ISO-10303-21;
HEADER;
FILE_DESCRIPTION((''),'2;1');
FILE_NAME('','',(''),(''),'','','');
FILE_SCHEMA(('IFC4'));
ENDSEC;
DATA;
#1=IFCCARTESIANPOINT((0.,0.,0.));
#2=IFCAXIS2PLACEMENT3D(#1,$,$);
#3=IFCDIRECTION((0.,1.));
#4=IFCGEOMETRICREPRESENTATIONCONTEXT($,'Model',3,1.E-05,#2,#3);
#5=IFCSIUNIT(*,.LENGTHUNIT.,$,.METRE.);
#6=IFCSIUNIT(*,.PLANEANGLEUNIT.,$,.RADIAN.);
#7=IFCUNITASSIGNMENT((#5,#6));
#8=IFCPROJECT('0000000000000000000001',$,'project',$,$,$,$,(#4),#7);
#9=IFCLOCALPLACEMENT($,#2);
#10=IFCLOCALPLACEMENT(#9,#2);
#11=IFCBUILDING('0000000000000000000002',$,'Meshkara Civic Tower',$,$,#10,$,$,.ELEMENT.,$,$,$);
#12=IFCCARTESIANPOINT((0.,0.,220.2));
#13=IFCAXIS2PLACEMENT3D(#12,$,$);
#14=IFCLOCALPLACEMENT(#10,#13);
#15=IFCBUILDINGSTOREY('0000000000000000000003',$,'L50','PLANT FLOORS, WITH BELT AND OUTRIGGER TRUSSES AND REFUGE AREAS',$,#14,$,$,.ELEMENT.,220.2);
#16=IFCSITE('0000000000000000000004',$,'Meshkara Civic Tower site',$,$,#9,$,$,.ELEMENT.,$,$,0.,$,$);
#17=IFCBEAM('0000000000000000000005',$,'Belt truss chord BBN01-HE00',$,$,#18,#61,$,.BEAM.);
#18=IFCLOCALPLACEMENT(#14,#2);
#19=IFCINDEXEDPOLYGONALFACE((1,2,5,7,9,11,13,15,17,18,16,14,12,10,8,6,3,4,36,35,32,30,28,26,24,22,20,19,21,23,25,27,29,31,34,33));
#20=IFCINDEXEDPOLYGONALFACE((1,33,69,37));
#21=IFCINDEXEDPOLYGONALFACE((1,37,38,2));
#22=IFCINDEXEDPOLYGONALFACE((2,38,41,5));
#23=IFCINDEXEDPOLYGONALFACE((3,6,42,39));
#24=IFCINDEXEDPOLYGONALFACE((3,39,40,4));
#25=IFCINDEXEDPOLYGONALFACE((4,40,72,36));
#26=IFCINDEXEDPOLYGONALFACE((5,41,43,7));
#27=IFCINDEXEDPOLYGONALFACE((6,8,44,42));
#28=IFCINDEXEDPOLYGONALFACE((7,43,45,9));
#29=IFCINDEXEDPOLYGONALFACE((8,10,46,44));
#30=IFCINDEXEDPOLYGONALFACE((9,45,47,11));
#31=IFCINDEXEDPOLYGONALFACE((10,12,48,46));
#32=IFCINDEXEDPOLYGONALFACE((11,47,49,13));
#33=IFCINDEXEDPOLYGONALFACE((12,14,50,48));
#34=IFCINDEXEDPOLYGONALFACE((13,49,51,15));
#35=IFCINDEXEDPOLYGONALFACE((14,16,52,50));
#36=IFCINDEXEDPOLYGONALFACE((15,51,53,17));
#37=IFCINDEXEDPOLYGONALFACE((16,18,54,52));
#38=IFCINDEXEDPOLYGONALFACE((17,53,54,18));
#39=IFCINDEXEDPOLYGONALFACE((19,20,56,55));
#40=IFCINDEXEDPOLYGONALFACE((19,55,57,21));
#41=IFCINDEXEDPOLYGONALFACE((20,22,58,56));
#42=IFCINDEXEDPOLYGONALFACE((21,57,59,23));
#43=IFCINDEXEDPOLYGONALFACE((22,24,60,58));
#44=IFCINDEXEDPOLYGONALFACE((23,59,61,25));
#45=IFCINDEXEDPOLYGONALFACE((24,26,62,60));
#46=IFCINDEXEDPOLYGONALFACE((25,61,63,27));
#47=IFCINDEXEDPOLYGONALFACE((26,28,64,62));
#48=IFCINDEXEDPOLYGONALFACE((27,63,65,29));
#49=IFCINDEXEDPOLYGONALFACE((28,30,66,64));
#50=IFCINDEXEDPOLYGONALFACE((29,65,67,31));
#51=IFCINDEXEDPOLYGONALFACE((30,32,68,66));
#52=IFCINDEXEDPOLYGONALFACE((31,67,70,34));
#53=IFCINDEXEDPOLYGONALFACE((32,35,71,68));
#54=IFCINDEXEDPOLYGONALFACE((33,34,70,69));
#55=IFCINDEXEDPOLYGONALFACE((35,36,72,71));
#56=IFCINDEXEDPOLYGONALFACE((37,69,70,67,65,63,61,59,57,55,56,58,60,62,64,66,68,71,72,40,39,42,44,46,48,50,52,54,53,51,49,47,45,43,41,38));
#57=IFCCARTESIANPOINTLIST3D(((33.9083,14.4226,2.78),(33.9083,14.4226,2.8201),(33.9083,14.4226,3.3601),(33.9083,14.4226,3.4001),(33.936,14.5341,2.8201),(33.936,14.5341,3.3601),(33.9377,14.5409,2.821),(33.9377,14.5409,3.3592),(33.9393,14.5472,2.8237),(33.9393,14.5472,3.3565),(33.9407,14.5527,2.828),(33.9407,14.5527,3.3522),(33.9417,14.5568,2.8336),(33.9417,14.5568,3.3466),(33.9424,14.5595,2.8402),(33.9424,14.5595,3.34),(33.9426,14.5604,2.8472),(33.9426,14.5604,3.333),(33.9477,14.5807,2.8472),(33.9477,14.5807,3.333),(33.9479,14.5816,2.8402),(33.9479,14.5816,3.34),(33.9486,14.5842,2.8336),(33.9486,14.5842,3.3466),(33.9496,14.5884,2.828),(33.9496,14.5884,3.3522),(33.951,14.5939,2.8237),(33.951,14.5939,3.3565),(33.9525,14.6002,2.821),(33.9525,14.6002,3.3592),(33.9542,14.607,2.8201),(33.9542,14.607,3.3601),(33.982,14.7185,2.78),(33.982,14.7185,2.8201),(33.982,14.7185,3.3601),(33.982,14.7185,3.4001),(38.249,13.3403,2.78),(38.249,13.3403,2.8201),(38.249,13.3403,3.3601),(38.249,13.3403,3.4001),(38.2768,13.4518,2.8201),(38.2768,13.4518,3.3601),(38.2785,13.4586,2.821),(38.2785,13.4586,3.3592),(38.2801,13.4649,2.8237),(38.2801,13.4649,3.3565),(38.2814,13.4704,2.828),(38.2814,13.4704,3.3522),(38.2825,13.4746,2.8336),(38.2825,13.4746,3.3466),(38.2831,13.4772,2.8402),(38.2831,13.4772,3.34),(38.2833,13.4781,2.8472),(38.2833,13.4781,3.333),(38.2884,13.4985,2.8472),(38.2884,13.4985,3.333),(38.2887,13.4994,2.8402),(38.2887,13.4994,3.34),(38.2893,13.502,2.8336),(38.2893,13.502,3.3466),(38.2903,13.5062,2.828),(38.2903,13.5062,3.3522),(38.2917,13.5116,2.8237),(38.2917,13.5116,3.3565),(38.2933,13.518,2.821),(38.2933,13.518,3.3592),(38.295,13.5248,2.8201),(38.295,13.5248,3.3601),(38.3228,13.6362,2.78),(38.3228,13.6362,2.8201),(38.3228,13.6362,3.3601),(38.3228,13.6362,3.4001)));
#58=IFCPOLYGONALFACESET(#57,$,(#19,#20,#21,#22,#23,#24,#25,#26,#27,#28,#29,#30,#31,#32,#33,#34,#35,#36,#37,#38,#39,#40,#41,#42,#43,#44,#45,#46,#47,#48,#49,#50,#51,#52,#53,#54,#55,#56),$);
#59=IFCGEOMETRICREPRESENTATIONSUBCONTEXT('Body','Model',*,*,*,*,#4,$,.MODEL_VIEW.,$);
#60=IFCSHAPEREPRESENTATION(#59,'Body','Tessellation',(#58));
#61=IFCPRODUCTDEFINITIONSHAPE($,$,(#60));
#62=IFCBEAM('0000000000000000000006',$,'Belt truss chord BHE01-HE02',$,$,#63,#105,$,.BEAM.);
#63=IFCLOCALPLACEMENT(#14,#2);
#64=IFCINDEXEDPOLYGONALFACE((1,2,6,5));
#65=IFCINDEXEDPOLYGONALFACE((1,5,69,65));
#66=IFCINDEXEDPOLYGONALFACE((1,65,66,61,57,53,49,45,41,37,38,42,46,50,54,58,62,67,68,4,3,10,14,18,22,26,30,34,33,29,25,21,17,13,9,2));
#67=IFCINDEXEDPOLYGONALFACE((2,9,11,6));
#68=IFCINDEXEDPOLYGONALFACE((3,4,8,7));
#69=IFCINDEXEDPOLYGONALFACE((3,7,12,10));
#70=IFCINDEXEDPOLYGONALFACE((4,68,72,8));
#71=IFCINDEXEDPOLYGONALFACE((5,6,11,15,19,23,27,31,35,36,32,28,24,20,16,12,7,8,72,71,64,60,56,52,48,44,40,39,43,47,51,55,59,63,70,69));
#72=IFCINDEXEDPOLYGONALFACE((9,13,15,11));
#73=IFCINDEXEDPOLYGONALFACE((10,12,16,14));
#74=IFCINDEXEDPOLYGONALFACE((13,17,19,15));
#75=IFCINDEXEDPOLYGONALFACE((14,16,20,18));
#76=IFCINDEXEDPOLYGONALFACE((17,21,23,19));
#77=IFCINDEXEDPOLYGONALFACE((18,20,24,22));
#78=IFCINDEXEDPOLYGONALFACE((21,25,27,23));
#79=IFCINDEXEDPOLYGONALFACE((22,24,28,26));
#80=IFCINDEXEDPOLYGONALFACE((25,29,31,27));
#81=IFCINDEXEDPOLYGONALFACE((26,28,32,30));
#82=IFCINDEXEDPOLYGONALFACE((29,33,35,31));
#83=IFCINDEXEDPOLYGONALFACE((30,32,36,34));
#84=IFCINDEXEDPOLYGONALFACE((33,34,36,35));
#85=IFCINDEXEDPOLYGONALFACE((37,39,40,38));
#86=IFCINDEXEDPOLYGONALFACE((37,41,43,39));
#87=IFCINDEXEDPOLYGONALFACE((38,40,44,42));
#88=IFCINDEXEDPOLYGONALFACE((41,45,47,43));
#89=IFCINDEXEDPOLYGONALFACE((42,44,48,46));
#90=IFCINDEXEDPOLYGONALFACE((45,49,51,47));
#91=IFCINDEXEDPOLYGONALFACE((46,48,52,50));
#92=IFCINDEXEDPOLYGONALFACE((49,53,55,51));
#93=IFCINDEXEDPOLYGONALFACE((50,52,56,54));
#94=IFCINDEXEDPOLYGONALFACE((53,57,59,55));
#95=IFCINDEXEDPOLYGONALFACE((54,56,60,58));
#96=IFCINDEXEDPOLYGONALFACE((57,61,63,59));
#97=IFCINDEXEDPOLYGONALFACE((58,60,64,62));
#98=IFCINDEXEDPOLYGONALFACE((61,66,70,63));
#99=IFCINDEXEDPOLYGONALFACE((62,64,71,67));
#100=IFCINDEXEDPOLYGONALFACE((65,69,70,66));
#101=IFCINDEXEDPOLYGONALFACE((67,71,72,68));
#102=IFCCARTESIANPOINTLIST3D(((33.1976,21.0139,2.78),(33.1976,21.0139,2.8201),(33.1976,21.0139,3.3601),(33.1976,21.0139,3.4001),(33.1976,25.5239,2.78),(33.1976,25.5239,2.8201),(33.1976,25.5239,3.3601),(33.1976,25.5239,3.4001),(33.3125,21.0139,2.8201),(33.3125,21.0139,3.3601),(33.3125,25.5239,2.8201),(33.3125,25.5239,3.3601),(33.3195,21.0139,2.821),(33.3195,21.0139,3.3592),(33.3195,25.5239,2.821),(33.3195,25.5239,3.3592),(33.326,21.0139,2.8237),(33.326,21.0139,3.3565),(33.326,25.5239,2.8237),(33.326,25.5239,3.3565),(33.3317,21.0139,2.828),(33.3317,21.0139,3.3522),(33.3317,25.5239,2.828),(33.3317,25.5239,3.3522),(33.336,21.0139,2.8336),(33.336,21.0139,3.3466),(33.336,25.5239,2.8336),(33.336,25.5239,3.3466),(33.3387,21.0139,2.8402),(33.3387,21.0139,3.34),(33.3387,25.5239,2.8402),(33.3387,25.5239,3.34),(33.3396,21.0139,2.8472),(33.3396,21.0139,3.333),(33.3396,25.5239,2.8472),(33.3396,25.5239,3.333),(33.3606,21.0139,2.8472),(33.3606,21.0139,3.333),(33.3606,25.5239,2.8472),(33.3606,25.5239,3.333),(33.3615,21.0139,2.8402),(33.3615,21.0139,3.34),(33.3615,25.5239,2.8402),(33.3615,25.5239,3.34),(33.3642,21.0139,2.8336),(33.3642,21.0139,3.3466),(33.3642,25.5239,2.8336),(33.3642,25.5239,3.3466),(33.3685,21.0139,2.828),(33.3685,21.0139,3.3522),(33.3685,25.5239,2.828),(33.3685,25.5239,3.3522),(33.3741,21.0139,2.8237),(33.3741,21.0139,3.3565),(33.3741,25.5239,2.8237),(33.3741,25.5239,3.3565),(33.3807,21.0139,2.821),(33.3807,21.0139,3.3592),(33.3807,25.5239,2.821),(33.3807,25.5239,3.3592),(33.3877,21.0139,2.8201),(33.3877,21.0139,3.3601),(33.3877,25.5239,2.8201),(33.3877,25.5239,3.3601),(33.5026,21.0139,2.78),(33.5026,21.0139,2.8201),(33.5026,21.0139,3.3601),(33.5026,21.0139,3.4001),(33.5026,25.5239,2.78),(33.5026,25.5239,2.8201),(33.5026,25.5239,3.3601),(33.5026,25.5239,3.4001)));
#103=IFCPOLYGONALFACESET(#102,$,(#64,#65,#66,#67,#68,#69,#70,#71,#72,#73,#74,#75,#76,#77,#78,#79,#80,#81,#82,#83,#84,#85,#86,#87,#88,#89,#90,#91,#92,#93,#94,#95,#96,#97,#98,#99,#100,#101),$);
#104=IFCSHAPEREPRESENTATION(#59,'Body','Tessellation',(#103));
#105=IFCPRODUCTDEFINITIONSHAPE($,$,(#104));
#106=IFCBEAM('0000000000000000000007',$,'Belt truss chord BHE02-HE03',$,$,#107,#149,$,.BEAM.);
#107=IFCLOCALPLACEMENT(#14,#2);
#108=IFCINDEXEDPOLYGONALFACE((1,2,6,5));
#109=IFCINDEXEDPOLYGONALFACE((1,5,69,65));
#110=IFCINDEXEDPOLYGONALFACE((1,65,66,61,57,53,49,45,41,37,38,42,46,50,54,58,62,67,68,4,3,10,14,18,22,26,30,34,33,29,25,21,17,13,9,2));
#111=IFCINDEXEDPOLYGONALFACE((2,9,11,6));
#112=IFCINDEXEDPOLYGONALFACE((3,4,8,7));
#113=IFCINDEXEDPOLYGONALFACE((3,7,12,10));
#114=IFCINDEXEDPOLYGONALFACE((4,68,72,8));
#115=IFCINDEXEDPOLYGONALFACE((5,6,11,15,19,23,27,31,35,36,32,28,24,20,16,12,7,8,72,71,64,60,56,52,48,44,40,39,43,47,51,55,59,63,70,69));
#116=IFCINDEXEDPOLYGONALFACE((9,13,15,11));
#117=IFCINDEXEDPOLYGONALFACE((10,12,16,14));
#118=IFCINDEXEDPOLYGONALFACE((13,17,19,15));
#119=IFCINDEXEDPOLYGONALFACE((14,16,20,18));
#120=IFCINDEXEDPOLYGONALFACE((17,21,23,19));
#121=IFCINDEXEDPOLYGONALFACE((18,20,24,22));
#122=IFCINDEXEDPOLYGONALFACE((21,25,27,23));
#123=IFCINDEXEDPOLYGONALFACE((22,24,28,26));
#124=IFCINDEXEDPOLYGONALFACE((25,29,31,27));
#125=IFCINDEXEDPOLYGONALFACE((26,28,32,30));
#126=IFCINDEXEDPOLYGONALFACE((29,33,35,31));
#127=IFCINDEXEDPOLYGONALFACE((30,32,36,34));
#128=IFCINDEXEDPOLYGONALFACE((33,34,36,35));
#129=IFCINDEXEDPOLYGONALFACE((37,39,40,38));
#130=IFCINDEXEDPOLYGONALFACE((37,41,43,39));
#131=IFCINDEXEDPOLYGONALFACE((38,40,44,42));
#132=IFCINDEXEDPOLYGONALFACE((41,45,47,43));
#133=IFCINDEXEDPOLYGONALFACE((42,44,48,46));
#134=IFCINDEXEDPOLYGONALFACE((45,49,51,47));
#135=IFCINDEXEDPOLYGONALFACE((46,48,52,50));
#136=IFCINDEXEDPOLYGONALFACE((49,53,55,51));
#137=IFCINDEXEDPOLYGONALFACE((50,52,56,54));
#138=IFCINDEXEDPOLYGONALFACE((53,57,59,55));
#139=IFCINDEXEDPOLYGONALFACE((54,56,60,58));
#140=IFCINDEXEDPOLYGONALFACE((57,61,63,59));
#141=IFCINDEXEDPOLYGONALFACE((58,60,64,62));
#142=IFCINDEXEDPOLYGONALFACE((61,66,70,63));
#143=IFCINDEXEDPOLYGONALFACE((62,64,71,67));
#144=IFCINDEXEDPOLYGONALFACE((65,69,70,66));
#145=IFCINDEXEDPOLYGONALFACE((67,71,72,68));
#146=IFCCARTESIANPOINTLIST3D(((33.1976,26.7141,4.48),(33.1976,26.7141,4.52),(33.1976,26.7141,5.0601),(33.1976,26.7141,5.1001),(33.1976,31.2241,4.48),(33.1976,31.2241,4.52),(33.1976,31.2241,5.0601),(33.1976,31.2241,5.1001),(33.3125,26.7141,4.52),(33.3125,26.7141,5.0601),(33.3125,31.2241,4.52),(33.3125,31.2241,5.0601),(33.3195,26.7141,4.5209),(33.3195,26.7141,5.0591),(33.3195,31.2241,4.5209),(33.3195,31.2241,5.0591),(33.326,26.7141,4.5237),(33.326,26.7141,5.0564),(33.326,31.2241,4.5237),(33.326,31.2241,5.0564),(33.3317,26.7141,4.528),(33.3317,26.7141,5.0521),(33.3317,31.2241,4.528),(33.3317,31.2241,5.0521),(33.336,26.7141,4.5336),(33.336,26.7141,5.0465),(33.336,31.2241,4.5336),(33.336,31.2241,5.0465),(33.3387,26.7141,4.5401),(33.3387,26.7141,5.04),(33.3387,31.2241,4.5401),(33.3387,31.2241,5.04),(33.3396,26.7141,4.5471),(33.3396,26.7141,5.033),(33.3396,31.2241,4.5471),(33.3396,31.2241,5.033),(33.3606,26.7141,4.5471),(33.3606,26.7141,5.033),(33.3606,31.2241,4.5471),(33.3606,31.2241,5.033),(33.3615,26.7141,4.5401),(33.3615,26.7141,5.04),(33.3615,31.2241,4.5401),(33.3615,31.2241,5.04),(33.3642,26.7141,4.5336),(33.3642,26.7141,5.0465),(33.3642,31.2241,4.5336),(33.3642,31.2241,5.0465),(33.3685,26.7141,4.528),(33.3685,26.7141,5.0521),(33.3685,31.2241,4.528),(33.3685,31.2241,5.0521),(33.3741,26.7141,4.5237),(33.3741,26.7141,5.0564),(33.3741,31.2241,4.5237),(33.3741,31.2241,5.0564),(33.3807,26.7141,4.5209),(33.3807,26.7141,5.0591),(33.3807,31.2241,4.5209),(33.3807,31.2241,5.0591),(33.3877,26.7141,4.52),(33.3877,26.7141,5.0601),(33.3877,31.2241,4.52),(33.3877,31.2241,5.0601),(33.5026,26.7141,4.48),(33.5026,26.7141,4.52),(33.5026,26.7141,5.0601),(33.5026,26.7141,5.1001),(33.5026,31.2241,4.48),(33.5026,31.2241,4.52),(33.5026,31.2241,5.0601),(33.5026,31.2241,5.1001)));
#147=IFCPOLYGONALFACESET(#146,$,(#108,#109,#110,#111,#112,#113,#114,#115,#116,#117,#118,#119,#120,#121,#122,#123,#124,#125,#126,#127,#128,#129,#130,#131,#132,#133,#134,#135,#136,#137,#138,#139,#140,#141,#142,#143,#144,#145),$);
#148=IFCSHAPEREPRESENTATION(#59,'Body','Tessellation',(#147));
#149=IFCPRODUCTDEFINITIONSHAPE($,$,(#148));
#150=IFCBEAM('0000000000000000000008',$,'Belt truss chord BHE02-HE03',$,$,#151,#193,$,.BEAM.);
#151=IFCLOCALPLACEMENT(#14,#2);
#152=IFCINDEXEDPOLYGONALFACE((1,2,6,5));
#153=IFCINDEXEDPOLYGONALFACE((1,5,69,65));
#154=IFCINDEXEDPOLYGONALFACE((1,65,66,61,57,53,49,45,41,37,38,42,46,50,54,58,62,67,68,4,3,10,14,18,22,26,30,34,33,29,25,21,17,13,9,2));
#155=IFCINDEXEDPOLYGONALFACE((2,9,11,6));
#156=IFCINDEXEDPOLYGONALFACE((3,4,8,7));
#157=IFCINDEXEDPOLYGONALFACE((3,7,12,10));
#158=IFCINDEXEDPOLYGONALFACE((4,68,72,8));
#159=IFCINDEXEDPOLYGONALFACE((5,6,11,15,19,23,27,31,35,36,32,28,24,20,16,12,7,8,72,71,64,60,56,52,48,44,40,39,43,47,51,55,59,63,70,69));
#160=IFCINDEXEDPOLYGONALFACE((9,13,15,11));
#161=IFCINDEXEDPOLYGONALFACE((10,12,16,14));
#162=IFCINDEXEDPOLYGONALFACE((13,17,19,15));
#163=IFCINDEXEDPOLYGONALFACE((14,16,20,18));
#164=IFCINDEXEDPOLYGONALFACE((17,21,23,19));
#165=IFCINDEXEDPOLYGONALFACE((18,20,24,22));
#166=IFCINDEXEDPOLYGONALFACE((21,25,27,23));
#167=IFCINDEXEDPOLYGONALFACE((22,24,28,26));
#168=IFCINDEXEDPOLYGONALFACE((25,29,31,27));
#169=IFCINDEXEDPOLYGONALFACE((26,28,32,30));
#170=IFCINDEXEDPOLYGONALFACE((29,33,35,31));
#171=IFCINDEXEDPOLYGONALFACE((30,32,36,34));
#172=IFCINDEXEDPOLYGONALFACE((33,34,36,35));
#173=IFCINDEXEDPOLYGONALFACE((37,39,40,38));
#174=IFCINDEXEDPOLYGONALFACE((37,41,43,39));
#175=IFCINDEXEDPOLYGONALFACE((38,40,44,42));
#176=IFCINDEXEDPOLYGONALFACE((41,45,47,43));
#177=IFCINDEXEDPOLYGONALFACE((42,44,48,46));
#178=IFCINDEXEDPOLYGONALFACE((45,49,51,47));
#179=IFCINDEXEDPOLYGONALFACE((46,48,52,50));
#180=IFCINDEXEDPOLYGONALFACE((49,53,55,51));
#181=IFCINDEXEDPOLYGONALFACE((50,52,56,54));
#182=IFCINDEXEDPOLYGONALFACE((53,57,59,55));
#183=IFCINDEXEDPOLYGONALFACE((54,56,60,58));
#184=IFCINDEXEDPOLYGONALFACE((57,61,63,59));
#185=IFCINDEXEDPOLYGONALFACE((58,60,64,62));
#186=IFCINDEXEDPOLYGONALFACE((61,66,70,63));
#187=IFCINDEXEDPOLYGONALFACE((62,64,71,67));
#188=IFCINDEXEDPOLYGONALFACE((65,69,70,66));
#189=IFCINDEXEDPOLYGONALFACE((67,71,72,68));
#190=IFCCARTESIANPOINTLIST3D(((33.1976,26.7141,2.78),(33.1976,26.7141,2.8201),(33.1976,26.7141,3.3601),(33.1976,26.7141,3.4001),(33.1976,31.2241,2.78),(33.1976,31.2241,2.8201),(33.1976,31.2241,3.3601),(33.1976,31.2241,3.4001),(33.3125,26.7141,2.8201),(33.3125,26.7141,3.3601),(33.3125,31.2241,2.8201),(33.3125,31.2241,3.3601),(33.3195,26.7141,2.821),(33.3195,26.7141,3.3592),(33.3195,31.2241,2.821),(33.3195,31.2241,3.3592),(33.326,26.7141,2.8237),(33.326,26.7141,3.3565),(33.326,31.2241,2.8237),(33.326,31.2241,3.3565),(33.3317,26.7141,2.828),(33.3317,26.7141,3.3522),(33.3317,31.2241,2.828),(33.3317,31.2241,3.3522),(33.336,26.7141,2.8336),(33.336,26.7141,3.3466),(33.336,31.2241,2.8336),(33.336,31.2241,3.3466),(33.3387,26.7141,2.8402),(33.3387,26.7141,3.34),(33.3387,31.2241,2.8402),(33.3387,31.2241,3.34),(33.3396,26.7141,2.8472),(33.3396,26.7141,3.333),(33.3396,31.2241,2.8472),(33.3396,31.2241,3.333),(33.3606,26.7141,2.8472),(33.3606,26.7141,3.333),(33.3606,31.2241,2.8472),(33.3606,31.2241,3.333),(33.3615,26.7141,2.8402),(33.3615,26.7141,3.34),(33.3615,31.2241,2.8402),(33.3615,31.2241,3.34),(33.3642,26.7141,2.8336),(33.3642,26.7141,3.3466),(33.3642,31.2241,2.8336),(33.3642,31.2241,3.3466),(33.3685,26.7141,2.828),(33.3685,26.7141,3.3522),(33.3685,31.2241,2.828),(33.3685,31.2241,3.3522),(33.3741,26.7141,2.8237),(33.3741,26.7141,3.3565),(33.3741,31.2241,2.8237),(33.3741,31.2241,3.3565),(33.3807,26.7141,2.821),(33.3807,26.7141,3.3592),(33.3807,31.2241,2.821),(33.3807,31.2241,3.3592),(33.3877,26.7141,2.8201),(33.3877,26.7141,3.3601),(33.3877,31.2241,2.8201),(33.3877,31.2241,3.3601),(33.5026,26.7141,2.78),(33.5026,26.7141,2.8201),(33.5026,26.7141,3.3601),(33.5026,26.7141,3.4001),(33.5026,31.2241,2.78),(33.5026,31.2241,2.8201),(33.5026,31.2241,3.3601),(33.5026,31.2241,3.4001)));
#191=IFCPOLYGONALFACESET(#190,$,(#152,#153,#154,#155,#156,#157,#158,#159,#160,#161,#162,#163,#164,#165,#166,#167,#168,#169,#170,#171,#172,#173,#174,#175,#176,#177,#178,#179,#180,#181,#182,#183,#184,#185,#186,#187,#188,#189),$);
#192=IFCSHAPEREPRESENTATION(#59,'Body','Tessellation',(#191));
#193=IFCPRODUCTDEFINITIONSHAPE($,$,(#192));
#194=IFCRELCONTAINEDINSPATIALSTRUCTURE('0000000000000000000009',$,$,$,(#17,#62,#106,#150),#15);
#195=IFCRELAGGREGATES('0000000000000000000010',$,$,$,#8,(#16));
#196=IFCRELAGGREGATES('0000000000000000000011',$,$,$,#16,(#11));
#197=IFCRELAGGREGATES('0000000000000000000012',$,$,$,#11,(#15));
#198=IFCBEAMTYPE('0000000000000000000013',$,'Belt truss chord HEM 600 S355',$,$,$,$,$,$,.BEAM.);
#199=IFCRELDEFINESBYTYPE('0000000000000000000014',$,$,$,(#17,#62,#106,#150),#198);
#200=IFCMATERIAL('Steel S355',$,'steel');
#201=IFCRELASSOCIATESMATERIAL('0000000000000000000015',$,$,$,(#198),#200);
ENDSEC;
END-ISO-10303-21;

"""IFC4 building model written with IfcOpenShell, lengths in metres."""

from ifc_helpers import new_model, si_unit, direction, frame, origin, origin_2d, place, context, subcontext, project, spatial, i_section, extrude, material, material_profile, profile_set, type_object, element, save


model = new_model("IFC4")

# Units and contexts
model_context = context("Model", 3, precision=1e-05, world=origin(), true_north=direction((0.0, 1.0)))
body_context = subcontext(model_context, "Body", "Model", "MODEL_VIEW")
ifc_project = project(units=[si_unit("LENGTHUNIT", "METRE"), si_unit("PLANEANGLEUNIT", "RADIAN")], contexts=[model_context])

# Site, building, storey
site_placement = place(None, origin())
site = spatial("IfcSite", under=ifc_project, at=site_placement, Name="Meshkara Civic Tower site", CompositionType="ELEMENT", RefElevation=0.0)
building_placement = place(site_placement, origin())
building = spatial("IfcBuilding", under=site, at=building_placement, Name="Meshkara Civic Tower", CompositionType="ELEMENT")
storey_placement = place(building_placement, frame((0.0, 0.0, 220.2)))
storey = spatial("IfcBuildingStorey", under=building, at=storey_placement, Name="L50", Description="PLANT FLOORS, WITH BELT AND OUTRIGGER TRUSSES AND REFUGE AREAS", CompositionType="ELEMENT", Elevation=220.2)

# Beams
ifc_material_1 = material(Name="Steel S355", Category="steel")
ifc_material_profile_1 = material_profile(ifc_material_1, i_section(OverallWidth=0.3049, OverallDepth=0.6201, WebThickness=0.021, FlangeThickness=0.04, FilletRadius=0.0271, at=origin_2d()))
ifc_profile_set_1 = profile_set([ifc_material_profile_1], Name="Steel S355")
beam_type = type_object("IfcBeamType", Name="Belt truss chord HEM 600 S355", PredefinedType="BEAM", material=ifc_profile_set_1)
for number, where, z_axis, x_axis, name in (
    (1, (38.2859, 13.4883, 3.0901), (-0.970296, 0.241919, 0.0), (-0.241919, -0.970296, 0.0), "Belt truss chord BBN01-HE00"),
):
    element("IfcBeam", number, at=place(storey_placement, frame(where, z_axis=z_axis, x_axis=x_axis)), inside=storey, type_object=beam_type, Name=name, PredefinedType="BEAM", context=body_context, shape_type="SweptSolid", body=[
        extrude(i_section(OverallWidth=0.3049, OverallDepth=0.6201, WebThickness=0.021, FlangeThickness=0.04, FilletRadius=0.0271, at=origin_2d()), origin(), (0.0, 0.0, 1.0), 4.4736),
    ])
for number, where, z_axis, x_axis, name in (
    (2, (33.3501, 21.0139, 3.0901), (0.0, 1.0, 0.0), (-1.0, 0.0, 0.0), "Belt truss chord BHE01-HE02"),
    (3, (33.3501, 26.7141, 4.79), (0.0, 1.0, 0.0), (-1.0, 0.0, 0.0), "Belt truss chord BHE02-HE03"),
    (4, (33.3501, 26.7141, 3.0901), (0.0, 1.0, 0.0), (-1.0, 0.0, 0.0), "Belt truss chord BHE02-HE03"),
):
    element("IfcBeam", number, at=place(storey_placement, frame(where, z_axis=z_axis, x_axis=x_axis)), inside=storey, type_object=beam_type, Name=name, PredefinedType="BEAM", context=body_context, shape_type="SweptSolid", body=[
        extrude(i_section(OverallWidth=0.3049, OverallDepth=0.6201, WebThickness=0.021, FlangeThickness=0.04, FilletRadius=0.0271, at=origin_2d()), origin(), (0.0, 0.0, 1.0), 4.51),
    ])

save(model, "model.ifc")
